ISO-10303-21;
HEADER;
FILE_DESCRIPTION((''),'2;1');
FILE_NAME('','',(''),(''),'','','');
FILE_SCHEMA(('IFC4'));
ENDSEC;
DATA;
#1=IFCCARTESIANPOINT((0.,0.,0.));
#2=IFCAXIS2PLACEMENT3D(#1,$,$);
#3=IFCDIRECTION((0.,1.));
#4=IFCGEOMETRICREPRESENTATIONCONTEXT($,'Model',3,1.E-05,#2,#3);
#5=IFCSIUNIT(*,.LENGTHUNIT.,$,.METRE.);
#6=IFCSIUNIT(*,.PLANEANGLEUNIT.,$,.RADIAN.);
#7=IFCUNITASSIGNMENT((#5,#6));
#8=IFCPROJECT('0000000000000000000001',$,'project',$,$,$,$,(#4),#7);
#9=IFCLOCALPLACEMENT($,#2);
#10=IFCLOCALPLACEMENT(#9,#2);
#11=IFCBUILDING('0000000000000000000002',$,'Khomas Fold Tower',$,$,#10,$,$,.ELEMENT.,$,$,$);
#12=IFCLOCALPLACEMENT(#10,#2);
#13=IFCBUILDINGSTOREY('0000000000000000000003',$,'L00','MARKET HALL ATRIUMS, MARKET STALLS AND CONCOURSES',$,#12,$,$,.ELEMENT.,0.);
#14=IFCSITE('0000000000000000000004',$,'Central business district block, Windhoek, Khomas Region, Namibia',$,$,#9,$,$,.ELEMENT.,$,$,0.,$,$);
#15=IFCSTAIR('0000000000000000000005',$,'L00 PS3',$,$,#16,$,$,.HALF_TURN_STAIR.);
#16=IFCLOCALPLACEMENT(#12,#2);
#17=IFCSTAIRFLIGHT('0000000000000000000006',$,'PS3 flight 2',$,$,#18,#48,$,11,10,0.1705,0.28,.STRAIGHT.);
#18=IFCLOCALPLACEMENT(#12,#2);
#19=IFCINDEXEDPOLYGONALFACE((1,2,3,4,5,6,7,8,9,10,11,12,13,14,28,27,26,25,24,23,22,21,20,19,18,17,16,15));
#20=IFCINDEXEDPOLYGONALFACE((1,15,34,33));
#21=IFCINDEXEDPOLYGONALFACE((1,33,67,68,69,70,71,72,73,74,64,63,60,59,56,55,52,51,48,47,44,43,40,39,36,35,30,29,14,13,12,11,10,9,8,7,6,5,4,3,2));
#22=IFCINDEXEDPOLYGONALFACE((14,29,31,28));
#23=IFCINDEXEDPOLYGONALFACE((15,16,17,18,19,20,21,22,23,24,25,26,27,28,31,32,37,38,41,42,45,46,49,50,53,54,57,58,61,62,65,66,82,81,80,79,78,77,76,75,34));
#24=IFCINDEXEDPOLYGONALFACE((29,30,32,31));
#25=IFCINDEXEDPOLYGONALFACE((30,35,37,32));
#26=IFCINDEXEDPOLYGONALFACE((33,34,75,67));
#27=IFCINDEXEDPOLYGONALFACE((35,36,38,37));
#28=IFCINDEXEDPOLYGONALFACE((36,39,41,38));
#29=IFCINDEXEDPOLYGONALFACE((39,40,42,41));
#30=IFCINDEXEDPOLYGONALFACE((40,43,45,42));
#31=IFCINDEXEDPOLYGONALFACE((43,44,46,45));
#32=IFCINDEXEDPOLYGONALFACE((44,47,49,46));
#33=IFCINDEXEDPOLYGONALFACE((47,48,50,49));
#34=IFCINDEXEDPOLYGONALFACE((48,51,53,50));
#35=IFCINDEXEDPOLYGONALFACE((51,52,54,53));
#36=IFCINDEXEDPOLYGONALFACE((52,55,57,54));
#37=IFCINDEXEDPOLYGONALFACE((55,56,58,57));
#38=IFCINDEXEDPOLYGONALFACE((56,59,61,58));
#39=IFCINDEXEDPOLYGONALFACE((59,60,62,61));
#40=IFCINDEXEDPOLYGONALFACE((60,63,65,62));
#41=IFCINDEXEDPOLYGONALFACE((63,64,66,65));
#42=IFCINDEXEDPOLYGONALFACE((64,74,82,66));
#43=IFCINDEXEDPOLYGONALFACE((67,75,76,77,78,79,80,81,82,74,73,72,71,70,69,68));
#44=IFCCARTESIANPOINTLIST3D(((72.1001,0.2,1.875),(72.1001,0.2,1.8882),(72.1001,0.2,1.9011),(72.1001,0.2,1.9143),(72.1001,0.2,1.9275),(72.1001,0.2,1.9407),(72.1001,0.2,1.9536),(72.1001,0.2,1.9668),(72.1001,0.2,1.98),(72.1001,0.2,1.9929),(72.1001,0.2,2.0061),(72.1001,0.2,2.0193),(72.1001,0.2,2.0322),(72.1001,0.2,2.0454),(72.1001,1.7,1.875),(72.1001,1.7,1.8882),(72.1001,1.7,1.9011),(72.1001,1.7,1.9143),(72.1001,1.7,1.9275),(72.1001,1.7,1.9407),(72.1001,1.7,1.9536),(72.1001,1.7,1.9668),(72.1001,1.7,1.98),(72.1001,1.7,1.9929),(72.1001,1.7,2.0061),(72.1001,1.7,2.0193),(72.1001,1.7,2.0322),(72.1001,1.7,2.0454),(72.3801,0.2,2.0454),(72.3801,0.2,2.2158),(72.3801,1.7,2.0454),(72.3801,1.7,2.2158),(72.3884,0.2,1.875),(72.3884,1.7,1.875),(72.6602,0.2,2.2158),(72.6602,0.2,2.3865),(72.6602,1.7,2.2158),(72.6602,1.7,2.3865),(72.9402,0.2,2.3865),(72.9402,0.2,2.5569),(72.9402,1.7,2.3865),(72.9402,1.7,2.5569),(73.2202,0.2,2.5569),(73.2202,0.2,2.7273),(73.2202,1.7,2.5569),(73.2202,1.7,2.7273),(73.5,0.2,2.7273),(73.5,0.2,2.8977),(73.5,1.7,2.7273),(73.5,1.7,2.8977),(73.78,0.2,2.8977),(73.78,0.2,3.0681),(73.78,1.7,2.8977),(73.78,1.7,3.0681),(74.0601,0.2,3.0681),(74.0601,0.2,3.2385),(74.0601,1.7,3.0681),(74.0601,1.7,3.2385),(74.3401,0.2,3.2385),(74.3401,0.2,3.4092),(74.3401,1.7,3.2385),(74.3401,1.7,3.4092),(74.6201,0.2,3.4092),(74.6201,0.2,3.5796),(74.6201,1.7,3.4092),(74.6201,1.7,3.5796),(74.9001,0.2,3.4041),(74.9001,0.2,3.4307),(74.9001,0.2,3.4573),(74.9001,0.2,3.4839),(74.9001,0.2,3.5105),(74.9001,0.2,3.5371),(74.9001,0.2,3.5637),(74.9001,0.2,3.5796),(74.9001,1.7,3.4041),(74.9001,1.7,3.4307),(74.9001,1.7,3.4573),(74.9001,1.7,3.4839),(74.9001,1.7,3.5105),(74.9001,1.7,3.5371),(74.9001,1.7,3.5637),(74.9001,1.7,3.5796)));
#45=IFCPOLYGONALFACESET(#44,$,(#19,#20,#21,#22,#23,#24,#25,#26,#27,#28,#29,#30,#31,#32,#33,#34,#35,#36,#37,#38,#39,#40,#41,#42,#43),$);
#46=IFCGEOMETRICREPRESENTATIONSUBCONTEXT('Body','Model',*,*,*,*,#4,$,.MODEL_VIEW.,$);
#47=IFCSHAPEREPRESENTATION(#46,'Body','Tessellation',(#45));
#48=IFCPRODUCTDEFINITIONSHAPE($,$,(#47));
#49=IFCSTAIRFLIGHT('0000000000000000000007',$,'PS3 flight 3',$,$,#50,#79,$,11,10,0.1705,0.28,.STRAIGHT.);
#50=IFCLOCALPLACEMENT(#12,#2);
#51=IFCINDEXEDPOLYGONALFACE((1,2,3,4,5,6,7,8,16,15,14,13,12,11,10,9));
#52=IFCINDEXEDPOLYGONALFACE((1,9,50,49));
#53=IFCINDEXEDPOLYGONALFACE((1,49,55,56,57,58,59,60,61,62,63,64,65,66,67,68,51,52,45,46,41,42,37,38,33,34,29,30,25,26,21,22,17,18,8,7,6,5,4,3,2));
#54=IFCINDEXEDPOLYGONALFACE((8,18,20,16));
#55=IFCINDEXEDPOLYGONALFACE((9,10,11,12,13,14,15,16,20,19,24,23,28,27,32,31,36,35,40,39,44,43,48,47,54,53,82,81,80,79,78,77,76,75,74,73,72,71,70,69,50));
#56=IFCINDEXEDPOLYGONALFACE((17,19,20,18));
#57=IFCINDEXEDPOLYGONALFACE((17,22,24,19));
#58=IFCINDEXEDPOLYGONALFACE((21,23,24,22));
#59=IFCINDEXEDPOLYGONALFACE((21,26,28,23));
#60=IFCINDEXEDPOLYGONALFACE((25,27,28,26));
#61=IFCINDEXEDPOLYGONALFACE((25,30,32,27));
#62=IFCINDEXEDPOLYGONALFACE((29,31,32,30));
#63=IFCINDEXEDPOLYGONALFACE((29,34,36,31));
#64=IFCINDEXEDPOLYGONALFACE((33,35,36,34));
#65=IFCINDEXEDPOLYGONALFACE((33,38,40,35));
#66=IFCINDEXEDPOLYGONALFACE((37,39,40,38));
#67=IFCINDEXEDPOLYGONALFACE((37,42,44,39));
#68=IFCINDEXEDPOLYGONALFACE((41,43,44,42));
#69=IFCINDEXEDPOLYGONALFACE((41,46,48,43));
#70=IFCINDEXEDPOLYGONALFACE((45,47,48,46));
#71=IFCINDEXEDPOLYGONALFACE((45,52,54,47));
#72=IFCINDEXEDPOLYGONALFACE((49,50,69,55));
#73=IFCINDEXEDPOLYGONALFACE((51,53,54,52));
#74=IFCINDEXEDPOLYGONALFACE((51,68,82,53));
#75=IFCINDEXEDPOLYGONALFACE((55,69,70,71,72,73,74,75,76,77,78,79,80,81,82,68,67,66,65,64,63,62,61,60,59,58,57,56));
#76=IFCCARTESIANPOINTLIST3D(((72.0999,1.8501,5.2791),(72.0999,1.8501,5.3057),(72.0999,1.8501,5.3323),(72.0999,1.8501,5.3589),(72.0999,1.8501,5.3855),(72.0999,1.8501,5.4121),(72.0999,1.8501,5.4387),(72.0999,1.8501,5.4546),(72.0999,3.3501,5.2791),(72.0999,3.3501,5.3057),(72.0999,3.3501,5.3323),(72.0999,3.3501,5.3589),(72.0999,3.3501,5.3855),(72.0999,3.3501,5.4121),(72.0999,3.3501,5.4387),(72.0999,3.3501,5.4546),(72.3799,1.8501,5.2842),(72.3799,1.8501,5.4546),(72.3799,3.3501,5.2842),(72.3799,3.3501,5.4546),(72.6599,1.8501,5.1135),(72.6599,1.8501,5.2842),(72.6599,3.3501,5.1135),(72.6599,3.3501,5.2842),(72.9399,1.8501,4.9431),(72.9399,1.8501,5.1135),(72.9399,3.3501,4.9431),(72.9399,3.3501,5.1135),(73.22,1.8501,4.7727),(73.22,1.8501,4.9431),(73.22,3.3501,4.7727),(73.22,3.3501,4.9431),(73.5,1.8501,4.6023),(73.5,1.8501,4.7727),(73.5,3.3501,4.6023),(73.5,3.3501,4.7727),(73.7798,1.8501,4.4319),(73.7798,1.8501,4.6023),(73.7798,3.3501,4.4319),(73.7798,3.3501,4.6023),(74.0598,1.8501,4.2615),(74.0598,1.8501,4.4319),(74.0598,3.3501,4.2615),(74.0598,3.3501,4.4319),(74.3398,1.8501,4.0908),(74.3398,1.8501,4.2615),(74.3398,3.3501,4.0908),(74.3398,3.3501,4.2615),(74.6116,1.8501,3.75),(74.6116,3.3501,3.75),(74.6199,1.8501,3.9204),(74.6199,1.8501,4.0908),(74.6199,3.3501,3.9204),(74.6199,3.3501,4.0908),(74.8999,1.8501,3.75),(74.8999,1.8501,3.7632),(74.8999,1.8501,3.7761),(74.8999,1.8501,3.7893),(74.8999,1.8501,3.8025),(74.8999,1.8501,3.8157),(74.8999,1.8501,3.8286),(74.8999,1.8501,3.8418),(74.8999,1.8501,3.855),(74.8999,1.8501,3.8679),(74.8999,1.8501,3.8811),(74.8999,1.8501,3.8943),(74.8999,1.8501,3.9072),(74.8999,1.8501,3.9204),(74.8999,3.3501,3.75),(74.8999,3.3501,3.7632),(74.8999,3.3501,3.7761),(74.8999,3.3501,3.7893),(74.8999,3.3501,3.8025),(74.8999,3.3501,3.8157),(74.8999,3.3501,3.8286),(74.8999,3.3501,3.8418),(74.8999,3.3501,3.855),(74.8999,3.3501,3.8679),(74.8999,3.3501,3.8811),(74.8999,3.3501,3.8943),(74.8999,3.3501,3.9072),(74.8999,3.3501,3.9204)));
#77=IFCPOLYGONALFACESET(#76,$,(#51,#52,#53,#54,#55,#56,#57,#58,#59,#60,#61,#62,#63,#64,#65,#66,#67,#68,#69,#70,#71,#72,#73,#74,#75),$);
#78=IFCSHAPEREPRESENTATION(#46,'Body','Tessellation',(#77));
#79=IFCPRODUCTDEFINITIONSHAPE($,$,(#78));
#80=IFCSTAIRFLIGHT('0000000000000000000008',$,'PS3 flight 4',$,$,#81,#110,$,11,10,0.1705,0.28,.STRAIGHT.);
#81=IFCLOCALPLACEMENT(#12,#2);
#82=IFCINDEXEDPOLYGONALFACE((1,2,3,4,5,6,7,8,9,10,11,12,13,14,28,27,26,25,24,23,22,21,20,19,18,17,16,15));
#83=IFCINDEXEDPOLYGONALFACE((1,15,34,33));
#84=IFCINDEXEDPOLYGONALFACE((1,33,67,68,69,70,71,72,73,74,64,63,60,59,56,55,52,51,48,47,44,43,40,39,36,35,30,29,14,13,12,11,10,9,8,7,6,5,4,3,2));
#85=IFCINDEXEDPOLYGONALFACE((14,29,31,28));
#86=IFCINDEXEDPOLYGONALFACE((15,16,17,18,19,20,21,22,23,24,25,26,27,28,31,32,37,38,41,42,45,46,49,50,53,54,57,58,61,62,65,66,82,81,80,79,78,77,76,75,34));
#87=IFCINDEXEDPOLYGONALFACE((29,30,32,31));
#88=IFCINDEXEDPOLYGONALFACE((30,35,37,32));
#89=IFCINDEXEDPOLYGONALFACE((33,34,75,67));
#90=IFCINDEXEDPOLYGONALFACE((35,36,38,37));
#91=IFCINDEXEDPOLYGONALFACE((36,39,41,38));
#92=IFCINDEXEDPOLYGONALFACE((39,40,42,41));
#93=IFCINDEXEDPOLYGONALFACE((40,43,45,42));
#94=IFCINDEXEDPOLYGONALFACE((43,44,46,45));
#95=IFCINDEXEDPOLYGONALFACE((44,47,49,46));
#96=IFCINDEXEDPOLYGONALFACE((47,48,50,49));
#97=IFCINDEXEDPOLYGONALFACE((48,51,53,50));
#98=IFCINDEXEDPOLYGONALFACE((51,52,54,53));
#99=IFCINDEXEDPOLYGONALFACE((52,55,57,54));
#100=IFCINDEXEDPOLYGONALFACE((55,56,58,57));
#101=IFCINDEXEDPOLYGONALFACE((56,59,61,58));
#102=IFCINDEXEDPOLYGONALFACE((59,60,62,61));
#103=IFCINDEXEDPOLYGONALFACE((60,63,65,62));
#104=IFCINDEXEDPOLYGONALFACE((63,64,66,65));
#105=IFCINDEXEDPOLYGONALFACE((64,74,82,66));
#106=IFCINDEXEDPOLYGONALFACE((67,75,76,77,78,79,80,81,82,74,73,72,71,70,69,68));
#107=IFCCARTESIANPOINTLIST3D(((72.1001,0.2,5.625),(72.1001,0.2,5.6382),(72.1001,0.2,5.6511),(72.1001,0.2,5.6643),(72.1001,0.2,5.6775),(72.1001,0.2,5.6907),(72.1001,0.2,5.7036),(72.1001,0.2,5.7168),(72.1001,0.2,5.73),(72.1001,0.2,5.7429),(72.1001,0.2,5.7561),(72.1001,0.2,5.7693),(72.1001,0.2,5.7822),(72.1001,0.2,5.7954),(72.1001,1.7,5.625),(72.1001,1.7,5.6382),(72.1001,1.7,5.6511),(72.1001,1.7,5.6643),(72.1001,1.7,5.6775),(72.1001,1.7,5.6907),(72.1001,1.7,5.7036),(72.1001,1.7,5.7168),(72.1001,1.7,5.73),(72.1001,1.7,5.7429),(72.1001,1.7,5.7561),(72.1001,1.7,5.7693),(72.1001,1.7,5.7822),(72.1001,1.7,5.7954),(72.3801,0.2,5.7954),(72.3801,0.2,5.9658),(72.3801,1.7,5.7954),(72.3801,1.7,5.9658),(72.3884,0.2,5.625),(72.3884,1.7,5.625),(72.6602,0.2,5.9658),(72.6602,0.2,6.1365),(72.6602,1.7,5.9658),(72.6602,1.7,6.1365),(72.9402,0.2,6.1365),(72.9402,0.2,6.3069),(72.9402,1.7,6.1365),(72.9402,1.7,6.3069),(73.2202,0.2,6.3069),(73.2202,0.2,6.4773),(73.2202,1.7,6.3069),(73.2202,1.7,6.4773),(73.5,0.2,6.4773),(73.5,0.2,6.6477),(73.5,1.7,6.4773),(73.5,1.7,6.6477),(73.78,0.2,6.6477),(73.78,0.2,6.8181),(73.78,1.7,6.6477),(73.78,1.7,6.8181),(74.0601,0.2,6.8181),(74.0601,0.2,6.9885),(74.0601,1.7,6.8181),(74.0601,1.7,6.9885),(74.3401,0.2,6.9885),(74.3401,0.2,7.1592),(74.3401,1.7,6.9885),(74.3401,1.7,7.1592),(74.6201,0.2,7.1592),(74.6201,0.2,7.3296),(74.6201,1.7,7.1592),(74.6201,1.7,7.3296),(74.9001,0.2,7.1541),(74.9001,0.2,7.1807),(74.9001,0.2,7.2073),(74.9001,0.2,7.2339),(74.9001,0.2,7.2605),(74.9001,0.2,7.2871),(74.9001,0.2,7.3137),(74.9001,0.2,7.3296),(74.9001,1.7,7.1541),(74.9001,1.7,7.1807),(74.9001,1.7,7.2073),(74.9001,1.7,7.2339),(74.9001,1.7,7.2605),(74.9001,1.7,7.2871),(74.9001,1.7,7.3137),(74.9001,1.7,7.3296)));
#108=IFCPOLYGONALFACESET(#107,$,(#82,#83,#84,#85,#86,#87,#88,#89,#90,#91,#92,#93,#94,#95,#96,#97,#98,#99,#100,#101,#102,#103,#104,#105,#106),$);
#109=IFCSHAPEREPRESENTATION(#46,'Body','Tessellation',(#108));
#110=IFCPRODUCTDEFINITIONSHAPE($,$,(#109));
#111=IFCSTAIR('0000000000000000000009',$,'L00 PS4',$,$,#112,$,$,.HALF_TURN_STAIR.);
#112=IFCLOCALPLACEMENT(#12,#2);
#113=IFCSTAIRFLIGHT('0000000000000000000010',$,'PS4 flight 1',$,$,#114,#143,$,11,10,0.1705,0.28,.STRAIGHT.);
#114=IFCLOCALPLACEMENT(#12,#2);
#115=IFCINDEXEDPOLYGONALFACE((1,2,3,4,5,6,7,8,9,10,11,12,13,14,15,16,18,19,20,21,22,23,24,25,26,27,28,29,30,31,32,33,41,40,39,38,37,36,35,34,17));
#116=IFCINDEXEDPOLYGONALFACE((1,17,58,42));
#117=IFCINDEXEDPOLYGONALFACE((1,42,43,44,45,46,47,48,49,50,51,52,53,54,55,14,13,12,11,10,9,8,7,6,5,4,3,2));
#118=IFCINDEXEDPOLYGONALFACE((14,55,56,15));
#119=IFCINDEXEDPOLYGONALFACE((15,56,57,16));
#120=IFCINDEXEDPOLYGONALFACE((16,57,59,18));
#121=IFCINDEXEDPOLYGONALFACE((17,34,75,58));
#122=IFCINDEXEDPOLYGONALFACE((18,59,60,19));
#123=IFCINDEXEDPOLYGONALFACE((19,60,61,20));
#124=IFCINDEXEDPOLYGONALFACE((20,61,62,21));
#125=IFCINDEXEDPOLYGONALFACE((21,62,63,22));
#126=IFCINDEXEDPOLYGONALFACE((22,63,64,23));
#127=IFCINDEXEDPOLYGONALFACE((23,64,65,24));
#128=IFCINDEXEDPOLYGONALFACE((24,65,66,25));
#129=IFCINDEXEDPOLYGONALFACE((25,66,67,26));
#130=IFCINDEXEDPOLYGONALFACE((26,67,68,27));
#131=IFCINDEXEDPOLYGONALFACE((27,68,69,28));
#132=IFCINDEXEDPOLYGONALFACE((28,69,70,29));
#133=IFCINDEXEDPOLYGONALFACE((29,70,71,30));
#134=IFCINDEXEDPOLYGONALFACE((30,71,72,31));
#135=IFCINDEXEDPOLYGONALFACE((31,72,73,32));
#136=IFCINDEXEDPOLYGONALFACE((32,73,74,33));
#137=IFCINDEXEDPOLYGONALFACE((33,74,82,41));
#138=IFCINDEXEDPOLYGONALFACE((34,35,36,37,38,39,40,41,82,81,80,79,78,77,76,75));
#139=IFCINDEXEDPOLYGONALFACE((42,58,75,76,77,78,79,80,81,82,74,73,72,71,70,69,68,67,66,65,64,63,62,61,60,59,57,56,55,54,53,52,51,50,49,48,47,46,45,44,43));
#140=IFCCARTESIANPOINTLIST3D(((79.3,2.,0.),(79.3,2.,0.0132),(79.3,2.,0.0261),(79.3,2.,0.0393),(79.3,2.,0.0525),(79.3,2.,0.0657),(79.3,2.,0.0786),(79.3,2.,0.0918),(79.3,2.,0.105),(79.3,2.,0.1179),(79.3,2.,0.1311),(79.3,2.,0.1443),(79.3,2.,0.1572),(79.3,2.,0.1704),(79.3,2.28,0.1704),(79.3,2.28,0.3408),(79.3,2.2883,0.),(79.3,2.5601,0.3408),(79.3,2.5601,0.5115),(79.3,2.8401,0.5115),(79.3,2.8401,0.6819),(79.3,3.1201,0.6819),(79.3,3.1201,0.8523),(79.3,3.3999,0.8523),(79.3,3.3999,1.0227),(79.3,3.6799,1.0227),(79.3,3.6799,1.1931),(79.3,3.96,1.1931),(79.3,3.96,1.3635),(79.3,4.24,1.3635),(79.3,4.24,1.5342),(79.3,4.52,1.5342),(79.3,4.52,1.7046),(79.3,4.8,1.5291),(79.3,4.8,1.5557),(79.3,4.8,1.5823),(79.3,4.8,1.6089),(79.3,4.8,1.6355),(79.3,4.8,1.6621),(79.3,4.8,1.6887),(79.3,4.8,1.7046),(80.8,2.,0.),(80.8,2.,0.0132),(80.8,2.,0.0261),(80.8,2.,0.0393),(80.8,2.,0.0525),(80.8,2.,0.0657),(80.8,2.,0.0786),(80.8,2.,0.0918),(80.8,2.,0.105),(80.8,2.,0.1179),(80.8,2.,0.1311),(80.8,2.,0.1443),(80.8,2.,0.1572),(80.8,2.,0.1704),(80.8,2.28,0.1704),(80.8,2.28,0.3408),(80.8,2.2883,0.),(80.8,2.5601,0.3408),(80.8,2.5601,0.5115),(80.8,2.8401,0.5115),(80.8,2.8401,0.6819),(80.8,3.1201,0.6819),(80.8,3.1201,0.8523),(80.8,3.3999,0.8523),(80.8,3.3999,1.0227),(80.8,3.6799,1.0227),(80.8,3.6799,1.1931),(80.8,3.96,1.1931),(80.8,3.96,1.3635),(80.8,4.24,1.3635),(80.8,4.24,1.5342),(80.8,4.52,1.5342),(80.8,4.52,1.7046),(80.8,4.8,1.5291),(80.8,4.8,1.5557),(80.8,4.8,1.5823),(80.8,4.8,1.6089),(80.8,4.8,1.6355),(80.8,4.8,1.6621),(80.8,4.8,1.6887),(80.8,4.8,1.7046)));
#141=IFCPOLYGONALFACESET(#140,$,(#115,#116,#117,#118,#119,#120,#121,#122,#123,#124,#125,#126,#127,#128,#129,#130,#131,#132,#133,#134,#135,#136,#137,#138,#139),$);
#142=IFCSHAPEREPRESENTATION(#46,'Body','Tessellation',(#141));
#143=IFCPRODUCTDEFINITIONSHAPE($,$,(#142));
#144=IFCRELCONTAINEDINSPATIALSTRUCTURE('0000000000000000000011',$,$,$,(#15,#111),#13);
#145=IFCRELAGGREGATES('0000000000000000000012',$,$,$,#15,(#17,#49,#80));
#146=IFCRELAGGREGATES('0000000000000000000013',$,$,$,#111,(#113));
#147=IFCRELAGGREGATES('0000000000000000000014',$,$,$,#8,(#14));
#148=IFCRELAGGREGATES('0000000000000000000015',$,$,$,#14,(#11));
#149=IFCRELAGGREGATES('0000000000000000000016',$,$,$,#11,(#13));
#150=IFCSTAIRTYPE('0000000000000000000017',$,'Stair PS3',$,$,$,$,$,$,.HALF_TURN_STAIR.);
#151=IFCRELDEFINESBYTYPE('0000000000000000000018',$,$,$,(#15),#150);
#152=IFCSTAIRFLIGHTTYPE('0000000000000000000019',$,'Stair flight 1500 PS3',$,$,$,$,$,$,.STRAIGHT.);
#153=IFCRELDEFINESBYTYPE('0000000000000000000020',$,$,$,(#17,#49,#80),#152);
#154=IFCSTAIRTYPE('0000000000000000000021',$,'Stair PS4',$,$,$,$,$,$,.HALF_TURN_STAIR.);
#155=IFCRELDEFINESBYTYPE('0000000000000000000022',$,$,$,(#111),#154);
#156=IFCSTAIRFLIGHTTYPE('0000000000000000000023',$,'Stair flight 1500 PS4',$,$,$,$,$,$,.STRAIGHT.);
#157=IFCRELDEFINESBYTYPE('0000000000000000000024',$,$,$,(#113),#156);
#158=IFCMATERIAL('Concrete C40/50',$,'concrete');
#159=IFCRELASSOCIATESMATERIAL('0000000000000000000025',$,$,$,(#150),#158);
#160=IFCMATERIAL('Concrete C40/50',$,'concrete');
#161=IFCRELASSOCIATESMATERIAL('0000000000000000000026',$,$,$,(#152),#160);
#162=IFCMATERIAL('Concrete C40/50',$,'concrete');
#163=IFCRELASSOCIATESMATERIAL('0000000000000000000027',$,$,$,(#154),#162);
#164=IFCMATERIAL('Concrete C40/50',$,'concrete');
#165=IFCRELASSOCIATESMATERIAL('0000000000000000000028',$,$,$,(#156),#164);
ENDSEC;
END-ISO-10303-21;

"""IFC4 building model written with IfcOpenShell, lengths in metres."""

from ifc_helpers import new_model, si_unit, direction, frame, origin, place, context, subcontext, project, spatial, polyline, outline, extrude, source, transform, mapped, material, type_object, element, aggregate, save


model = new_model("IFC4")

# Units and contexts
model_context = context("Model", 3, precision=1e-05, world=origin(), true_north=direction((0.0, 1.0)))
body_context = subcontext(model_context, "Body", "Model", "MODEL_VIEW")
ifc_project = project(units=[si_unit("LENGTHUNIT", "METRE"), si_unit("PLANEANGLEUNIT", "RADIAN")], contexts=[model_context])

# Site, building, storey
site_placement = place(None, origin())
site = spatial("IfcSite", under=ifc_project, at=site_placement, Name="Central business district block, Windhoek, Khomas Region, Namibia", CompositionType="ELEMENT", RefElevation=0.0)
building_placement = place(site_placement, origin())
building = spatial("IfcBuilding", under=site, at=building_placement, Name="Khomas Fold Tower", CompositionType="ELEMENT")
storey_placement = place(building_placement, origin())
storey = spatial("IfcBuildingStorey", under=building, at=storey_placement, Name="L00", Description="MARKET HALL ATRIUMS, MARKET STALLS AND CONCOURSES", CompositionType="ELEMENT", Elevation=0.0)

# Stairs, stair flights
ifc_material_1 = material(Name="Concrete C40/50", Category="concrete")
stair_type_1 = type_object("IfcStairType", Name="Stair PS3", PredefinedType="HALF_TURN_STAIR", material=ifc_material_1)
stair_1_placement = place(storey_placement, origin())
stair_1 = element("IfcStair", 1, at=stair_1_placement, inside=storey, type_object=stair_type_1, Name="L00 PS3", PredefinedType="HALF_TURN_STAIR")
ifc_material_2 = material(Name="Concrete C40/50", Category="concrete")
stair_flight_type_1 = type_object("IfcStairFlightType", Name="Stair flight 1500 PS3", PredefinedType="STRAIGHT", material=ifc_material_2)
shared_shape_1 = source(origin(), body_context, "Body", "SweptSolid", [
    extrude(outline(polyline([(0.0, 0.0), (0.0, 0.0132), (0.0, 0.0261), (0.0, 0.0393), (0.0, 0.0525), (0.0, 0.0657), (0.0, 0.0786), (0.0, 0.0918), (0.0, 0.105), (0.0, 0.1179), (0.0, 0.1311), (0.0, 0.1443), (0.0, 0.1572), (0.0, 0.1704), (0.28, 0.1704), (0.28, 0.3408), (0.5601, 0.3408), (0.5601, 0.5115), (0.8401, 0.5115), (0.8401, 0.6819), (1.1201, 0.6819), (1.1201, 0.8523), (1.3999, 0.8523), (1.3999, 1.0227), (1.6799, 1.0227), (1.6799, 1.1931), (1.96, 1.1931), (1.96, 1.3635), (2.24, 1.3635), (2.24, 1.5342), (2.52, 1.5342), (2.52, 1.7046), (2.8, 1.7046), (2.8, 1.875), (2.8, 1.8484), (2.8, 1.8218), (2.8, 1.7952), (2.8, 1.7686), (2.8, 1.7419), (2.8, 1.7153), (2.8, 1.6887), (2.8, 1.6621), (2.8, 1.6355), (2.8, 1.6089), (2.8, 1.5823), (2.8, 1.5557), (2.8, 1.5291), (0.2883, 0.0), (0.0, 0.0)])), frame((0.0, 0.75, 0.0), z_axis=(0.0, -1.0, 0.0), x_axis=(1.0, 0.0, 0.0)), (0.0, 0.0, 1.0), 1.5),
])
stair_flight_1_placement = place(storey_placement, frame((72.1001, 0.95, 1.875), z_axis=(0.0, 0.0, 1.0), x_axis=(1.0, 0.0, 0.0)))
stair_flight_1 = element("IfcStairFlight", 2, at=stair_flight_1_placement, type_object=stair_flight_type_1, Name="PS3 flight 2", NumberOfRisers=11, NumberOfTreads=10, PredefinedType="STRAIGHT", RiserHeight=0.1705, TreadLength=0.28, context=body_context, shape_type="MappedRepresentation", body=[
    mapped(shared_shape_1, transform((0.0, 0.0, 0.0))),
])
stair_flight_2_placement = place(storey_placement, frame((74.8999, 2.6001, 3.75), z_axis=(0.0, 0.0, 1.0), x_axis=(-1.0, 0.0, 0.0)))
stair_flight_2 = element("IfcStairFlight", 3, at=stair_flight_2_placement, type_object=stair_flight_type_1, Name="PS3 flight 3", NumberOfRisers=11, NumberOfTreads=10, PredefinedType="STRAIGHT", RiserHeight=0.1705, TreadLength=0.28, context=body_context, shape_type="MappedRepresentation", body=[
    mapped(shared_shape_1, transform((0.0, 0.0, 0.0))),
])
stair_flight_3_placement = place(storey_placement, frame((72.1001, 0.95, 5.625), z_axis=(0.0, 0.0, 1.0), x_axis=(1.0, 0.0, 0.0)))
stair_flight_3 = element("IfcStairFlight", 4, at=stair_flight_3_placement, type_object=stair_flight_type_1, Name="PS3 flight 4", NumberOfRisers=11, NumberOfTreads=10, PredefinedType="STRAIGHT", RiserHeight=0.1705, TreadLength=0.28, context=body_context, shape_type="MappedRepresentation", body=[
    mapped(shared_shape_1, transform((0.0, 0.0, 0.0))),
])
aggregate(stair_1, [stair_flight_1, stair_flight_2, stair_flight_3])
ifc_material_3 = material(Name="Concrete C40/50", Category="concrete")
stair_type_2 = type_object("IfcStairType", Name="Stair PS4", PredefinedType="HALF_TURN_STAIR", material=ifc_material_3)
stair_2_placement = place(storey_placement, origin())
stair_2 = element("IfcStair", 5, at=stair_2_placement, inside=storey, type_object=stair_type_2, Name="L00 PS4", PredefinedType="HALF_TURN_STAIR")
ifc_material_4 = material(Name="Concrete C40/50", Category="concrete")
stair_flight_type_2 = type_object("IfcStairFlightType", Name="Stair flight 1500 PS4", PredefinedType="STRAIGHT", material=ifc_material_4)
stair_flight_4_placement = place(storey_placement, frame((80.05, 2.0, 0.0), z_axis=(0.0, 0.0, 1.0), x_axis=(0.0, 1.0, 0.0)))
stair_flight_4 = element("IfcStairFlight", 6, at=stair_flight_4_placement, type_object=stair_flight_type_2, Name="PS4 flight 1", NumberOfRisers=11, NumberOfTreads=10, PredefinedType="STRAIGHT", RiserHeight=0.1705, TreadLength=0.28, context=body_context, shape_type="MappedRepresentation", body=[
    mapped(shared_shape_1, transform((0.0, 0.0, 0.0))),
])
aggregate(stair_2, [stair_flight_4])

save(model, "model.ifc")
